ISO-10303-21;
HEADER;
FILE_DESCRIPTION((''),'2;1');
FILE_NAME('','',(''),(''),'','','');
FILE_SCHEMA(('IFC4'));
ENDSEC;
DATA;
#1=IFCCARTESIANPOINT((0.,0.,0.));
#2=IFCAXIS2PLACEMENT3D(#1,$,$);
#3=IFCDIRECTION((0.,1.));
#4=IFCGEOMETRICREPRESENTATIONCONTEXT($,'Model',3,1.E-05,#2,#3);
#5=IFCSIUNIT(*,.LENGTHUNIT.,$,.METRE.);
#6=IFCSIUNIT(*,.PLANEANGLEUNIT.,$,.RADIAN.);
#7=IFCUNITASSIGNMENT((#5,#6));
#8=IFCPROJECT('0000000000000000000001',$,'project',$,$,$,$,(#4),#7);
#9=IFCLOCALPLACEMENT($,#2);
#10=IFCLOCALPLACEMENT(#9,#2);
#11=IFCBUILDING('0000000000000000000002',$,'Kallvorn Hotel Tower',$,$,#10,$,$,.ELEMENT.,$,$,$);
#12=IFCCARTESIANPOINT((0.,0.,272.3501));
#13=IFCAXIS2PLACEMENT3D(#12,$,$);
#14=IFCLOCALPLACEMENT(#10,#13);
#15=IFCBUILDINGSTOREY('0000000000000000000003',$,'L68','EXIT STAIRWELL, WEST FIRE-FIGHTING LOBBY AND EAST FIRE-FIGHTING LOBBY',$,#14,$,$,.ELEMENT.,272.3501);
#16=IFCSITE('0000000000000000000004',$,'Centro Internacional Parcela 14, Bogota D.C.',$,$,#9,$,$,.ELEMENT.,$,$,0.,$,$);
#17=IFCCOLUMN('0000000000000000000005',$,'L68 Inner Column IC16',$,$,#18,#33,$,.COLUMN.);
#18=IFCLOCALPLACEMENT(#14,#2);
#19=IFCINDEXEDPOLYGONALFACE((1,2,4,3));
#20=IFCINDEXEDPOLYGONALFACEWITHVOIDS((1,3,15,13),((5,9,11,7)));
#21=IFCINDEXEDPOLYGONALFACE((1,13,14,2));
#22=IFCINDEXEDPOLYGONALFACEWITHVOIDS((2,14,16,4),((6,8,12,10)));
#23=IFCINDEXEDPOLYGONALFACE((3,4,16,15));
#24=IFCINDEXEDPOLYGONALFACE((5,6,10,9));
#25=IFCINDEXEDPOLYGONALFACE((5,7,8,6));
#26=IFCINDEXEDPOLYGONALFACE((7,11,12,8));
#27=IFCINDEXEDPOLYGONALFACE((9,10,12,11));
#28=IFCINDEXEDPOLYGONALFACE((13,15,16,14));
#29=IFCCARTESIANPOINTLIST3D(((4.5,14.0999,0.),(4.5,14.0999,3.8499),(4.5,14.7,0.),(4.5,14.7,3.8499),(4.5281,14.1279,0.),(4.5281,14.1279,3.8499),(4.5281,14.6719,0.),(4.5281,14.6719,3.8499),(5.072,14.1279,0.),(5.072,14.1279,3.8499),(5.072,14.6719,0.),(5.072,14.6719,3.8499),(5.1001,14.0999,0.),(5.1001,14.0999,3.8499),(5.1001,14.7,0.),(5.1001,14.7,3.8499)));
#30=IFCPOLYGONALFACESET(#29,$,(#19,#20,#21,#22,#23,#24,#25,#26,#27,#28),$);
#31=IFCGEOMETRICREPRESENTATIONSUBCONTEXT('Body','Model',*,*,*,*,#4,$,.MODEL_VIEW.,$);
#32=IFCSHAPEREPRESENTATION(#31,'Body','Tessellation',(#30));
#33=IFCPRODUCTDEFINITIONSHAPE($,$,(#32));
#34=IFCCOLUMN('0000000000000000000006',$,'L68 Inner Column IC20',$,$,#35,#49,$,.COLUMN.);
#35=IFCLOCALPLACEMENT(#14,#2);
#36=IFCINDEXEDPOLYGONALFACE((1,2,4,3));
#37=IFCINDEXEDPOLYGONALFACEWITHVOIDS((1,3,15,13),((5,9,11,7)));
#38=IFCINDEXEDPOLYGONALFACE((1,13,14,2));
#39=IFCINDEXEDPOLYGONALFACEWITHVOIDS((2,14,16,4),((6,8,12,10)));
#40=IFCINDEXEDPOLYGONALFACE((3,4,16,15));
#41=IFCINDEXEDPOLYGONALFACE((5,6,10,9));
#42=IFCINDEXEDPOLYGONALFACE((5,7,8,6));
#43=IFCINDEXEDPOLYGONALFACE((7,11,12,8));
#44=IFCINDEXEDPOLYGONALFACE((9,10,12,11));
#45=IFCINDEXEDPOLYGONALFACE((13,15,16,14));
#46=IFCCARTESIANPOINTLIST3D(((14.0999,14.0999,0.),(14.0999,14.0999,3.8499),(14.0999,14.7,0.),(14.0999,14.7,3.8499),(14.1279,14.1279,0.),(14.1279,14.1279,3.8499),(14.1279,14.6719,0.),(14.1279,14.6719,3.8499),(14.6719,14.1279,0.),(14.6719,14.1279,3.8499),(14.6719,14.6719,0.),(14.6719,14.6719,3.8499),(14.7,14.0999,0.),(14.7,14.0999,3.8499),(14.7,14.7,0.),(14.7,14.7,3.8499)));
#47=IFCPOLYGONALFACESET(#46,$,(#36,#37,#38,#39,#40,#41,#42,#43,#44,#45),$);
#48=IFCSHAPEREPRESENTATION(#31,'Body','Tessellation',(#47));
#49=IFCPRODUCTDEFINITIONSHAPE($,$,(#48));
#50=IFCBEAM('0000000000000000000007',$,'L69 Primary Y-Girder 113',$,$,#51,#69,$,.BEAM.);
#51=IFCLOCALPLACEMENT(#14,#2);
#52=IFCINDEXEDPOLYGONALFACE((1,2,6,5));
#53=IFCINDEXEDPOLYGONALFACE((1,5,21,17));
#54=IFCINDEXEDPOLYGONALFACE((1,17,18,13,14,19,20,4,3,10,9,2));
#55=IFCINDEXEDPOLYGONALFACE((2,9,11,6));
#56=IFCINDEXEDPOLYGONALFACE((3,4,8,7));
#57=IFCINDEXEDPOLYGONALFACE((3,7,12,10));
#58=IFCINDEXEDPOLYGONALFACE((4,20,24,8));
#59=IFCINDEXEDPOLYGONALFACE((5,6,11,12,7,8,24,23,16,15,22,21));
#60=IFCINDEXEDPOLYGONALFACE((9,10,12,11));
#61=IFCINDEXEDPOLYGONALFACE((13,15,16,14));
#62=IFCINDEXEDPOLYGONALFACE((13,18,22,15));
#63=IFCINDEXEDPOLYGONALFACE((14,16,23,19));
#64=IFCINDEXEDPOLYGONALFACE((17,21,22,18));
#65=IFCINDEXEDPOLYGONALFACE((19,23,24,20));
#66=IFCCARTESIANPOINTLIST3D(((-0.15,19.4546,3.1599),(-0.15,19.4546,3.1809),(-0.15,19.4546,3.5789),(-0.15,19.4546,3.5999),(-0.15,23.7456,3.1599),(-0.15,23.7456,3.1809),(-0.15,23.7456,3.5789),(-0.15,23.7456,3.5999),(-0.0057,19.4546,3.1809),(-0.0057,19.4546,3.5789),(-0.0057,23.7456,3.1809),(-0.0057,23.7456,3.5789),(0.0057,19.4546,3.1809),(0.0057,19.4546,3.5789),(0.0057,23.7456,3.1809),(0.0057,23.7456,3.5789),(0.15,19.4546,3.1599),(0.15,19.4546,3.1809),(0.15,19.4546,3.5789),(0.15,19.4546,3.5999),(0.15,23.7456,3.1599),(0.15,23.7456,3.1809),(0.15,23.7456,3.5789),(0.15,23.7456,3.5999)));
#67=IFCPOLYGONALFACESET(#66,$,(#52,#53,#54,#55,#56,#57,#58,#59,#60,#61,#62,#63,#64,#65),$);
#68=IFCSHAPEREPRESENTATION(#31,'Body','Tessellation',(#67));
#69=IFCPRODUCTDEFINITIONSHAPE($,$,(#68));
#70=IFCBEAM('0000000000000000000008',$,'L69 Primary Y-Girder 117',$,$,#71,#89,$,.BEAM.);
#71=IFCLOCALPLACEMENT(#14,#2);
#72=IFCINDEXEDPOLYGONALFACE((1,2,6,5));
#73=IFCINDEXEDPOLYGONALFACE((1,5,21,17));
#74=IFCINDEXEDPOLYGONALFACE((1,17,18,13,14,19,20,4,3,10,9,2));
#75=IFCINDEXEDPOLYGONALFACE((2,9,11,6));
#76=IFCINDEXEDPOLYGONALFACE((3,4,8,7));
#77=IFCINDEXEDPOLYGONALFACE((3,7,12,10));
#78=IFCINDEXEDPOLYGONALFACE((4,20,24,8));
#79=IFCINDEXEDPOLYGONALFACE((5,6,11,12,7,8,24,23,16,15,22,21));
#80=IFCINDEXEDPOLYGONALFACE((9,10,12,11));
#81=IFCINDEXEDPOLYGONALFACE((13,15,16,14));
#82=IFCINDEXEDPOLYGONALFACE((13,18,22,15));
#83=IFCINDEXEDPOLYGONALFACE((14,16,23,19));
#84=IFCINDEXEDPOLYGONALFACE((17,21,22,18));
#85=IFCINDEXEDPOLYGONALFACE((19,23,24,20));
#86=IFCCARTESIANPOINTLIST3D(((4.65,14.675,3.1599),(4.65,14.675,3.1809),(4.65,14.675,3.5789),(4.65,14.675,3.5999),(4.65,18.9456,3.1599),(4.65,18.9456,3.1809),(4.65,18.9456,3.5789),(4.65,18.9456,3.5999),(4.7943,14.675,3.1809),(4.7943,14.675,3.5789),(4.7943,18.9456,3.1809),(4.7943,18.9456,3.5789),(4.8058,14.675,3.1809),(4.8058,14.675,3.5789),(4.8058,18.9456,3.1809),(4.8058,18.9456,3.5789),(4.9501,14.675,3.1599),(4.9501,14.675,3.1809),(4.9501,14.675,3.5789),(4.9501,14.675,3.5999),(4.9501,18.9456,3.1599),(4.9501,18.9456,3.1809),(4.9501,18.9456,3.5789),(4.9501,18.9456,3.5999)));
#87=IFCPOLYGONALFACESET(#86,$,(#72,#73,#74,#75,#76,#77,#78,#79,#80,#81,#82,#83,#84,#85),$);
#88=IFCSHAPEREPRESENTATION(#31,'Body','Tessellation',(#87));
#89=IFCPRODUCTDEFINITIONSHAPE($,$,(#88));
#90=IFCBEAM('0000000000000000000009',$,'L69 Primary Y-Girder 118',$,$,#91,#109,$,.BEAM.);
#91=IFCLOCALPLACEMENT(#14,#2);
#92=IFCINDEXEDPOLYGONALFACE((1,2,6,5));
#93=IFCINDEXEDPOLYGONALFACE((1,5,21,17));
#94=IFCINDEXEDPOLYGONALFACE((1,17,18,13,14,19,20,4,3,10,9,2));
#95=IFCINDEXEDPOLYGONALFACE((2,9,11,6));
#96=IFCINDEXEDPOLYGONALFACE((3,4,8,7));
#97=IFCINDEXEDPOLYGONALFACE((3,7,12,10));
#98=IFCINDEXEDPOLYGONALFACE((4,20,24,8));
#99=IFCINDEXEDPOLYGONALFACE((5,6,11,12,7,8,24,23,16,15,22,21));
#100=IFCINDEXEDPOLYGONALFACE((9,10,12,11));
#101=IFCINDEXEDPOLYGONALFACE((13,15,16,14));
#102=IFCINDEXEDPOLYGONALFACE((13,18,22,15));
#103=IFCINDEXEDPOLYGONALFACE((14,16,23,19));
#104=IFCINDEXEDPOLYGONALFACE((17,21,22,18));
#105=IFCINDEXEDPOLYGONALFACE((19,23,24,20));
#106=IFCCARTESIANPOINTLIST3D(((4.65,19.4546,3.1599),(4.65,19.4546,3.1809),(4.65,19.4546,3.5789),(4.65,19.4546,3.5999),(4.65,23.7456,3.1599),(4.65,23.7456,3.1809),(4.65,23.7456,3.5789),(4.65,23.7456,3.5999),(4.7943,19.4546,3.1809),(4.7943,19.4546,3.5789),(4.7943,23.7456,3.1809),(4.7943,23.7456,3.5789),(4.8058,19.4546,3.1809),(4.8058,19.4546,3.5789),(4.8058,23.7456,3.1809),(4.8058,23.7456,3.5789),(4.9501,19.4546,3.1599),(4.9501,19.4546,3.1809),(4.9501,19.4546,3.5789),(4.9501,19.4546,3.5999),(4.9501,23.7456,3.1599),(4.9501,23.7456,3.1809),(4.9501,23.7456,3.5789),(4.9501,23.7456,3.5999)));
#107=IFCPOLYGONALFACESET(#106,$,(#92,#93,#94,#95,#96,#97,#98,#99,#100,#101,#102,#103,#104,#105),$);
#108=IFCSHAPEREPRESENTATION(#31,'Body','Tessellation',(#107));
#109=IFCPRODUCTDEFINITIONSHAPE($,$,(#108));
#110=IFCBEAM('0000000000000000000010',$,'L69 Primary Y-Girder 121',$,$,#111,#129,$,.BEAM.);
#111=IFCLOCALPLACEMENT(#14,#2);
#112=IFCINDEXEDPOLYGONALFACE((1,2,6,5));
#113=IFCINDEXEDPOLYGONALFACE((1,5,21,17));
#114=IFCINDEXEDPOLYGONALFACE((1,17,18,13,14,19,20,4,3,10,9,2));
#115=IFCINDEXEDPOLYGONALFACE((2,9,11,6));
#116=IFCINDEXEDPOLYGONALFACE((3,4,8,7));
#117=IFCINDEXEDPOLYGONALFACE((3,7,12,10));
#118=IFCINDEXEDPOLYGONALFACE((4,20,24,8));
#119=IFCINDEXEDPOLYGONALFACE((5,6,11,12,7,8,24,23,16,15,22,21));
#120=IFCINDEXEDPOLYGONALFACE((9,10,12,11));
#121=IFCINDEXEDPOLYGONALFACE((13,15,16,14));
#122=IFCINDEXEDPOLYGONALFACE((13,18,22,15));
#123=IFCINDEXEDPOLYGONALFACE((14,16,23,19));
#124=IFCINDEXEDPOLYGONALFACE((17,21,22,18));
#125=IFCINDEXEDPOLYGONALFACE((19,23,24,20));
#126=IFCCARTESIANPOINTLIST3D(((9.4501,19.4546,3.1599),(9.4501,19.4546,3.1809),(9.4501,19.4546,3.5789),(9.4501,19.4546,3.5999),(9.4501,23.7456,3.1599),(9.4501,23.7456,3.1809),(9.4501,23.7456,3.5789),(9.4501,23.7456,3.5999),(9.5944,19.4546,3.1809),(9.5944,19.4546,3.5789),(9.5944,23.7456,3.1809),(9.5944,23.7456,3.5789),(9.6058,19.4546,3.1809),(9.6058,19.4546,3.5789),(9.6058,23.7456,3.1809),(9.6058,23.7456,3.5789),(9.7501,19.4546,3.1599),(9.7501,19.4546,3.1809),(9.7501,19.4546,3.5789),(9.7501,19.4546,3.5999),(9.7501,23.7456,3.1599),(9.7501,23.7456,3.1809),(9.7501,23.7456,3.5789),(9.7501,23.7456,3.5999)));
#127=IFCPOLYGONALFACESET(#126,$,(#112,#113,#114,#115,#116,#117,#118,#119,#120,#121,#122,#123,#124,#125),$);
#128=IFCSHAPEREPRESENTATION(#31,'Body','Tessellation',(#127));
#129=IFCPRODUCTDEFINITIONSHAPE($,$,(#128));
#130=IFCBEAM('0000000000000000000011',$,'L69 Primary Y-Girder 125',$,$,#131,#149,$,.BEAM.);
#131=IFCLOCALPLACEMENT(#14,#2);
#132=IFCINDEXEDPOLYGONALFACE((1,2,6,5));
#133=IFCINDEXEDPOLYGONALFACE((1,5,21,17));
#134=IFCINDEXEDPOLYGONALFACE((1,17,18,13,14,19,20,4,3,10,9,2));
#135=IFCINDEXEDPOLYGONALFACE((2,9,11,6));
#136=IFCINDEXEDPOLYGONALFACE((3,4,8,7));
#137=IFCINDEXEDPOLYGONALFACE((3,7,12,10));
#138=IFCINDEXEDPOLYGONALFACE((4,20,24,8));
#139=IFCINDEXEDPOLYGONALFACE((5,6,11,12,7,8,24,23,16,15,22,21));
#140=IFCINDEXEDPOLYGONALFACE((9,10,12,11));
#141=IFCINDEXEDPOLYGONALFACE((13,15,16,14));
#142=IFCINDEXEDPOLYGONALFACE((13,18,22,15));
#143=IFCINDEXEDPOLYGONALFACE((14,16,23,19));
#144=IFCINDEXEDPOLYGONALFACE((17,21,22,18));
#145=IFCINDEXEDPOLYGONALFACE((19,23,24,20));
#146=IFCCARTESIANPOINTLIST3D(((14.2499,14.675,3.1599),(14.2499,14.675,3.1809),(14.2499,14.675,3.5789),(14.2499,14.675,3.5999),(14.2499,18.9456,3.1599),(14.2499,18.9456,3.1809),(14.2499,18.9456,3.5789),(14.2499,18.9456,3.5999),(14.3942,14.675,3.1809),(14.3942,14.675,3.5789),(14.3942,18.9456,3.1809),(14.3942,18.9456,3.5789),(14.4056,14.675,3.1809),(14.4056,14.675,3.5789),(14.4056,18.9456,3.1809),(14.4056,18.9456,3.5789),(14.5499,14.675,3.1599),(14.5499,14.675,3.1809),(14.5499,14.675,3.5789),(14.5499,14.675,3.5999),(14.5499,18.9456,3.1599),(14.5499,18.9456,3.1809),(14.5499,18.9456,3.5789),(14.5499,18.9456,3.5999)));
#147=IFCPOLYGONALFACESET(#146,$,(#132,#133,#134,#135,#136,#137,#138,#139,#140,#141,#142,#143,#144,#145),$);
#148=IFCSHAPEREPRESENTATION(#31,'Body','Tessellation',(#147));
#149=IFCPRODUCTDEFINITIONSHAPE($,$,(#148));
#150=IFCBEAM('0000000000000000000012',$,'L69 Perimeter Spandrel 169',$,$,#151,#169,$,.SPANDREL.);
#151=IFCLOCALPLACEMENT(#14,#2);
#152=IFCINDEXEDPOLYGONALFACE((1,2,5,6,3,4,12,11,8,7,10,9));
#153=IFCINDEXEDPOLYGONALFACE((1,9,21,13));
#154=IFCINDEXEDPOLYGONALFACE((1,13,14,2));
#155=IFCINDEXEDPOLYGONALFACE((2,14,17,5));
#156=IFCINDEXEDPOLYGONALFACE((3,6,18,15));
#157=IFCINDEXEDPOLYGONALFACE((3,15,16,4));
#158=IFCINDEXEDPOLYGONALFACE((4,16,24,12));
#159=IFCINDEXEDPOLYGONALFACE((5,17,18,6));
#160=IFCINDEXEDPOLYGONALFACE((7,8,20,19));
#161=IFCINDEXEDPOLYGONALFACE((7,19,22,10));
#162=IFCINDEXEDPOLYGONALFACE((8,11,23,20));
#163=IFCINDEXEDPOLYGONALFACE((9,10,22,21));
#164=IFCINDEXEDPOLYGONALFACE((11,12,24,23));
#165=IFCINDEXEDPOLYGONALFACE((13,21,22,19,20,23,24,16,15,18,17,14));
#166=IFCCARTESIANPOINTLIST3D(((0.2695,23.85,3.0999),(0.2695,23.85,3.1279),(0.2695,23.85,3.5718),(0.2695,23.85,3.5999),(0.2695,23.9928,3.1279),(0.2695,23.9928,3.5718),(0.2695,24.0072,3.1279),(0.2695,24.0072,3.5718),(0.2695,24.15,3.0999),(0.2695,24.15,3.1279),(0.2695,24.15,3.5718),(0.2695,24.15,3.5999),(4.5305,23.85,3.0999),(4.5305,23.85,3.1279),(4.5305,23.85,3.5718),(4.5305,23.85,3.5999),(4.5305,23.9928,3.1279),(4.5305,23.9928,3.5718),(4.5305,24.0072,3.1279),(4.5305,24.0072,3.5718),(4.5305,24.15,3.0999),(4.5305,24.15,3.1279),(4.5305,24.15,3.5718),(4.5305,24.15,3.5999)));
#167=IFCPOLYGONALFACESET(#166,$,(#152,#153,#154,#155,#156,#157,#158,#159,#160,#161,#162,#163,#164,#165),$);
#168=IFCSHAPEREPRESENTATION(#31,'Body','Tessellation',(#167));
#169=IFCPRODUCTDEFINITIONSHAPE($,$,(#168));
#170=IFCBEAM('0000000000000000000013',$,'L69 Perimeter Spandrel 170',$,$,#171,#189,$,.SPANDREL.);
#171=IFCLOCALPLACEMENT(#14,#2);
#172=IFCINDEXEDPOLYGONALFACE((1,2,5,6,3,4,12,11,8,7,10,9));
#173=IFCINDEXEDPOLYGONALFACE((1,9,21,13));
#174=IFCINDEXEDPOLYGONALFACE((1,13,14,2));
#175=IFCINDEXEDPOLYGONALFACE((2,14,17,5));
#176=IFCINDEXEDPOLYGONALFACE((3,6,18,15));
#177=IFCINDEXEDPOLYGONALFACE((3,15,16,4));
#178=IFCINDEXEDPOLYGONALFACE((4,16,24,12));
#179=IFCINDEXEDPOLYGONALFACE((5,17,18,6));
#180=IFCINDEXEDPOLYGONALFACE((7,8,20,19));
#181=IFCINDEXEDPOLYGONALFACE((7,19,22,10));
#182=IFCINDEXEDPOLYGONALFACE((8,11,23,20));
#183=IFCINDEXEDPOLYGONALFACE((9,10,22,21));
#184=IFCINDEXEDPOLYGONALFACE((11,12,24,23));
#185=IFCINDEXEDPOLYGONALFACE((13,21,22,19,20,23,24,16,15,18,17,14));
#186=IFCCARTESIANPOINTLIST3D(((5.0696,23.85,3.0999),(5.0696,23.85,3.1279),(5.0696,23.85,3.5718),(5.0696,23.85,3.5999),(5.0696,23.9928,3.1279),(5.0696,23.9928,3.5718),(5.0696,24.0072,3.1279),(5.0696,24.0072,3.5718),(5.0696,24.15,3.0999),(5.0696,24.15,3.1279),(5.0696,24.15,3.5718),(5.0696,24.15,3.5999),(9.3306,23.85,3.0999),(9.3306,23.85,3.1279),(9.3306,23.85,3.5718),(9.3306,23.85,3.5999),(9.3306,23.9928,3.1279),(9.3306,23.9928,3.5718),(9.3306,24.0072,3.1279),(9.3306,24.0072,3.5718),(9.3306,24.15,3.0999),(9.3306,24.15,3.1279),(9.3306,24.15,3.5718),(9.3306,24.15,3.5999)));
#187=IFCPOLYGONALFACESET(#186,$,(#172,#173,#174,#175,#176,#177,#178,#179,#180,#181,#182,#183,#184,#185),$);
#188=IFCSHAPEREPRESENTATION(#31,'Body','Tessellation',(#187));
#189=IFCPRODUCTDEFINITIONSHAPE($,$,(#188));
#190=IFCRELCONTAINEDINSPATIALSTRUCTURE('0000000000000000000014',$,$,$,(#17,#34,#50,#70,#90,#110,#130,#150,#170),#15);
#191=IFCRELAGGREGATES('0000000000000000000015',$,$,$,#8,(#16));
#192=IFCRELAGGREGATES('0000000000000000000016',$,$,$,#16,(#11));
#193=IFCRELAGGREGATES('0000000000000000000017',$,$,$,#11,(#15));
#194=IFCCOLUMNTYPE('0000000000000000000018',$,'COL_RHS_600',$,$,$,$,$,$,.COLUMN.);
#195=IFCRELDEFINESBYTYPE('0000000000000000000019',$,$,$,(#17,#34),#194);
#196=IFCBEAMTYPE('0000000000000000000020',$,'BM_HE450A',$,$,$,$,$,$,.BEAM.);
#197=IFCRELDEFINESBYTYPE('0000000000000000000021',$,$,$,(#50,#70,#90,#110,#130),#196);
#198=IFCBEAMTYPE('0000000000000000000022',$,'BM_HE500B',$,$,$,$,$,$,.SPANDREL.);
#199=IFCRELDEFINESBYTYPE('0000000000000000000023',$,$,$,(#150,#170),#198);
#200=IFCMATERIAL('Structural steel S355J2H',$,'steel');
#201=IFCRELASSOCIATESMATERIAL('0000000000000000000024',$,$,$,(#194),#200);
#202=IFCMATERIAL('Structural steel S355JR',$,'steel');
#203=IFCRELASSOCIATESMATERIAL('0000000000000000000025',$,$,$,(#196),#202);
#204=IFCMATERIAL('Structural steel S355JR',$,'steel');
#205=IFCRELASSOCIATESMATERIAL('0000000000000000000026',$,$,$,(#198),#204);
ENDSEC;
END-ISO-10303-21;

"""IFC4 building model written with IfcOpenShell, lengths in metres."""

from ifc_helpers import new_model, si_unit, direction, frame, origin, origin_2d, place, context, subcontext, project, spatial, hollow_rectangle, i_section, extrude, material, material_profile, profile_set, type_object, element, save


model = new_model("IFC4")

# Units and contexts
model_context = context("Model", 3, precision=1e-05, world=origin(), true_north=direction((0.0, 1.0)))
body_context = subcontext(model_context, "Body", "Model", "MODEL_VIEW")
ifc_project = project(units=[si_unit("LENGTHUNIT", "METRE"), si_unit("PLANEANGLEUNIT", "RADIAN")], contexts=[model_context])

# Site, building, storey
site_placement = place(None, origin())
site = spatial("IfcSite", under=ifc_project, at=site_placement, Name="Centro Internacional Parcela 14, Bogota D.C.", CompositionType="ELEMENT", RefElevation=0.0)
building_placement = place(site_placement, origin())
building = spatial("IfcBuilding", under=site, at=building_placement, Name="Kallvorn Hotel Tower", CompositionType="ELEMENT")
storey_placement = place(building_placement, frame((0.0, 0.0, 272.3501)))
storey = spatial("IfcBuildingStorey", under=building, at=storey_placement, Name="L68", Description="EXIT STAIRWELL, WEST FIRE-FIGHTING LOBBY AND EAST FIRE-FIGHTING LOBBY", CompositionType="ELEMENT", Elevation=272.3501)

# Columns
ifc_material_1 = material(Name="Structural steel S355J2H", Category="steel")
ifc_material_profile_1 = material_profile(ifc_material_1, hollow_rectangle(XDim=0.6001, YDim=0.6001, WallThickness=0.0281, at=origin_2d()), Name="RHS 600x600x28")
ifc_profile_set_1 = profile_set([ifc_material_profile_1], Name="Structural steel S355J2H")
column_type_1 = type_object("IfcColumnType", Name="COL_RHS_600", PredefinedType="COLUMN", material=ifc_profile_set_1)
for number, where, z_axis, x_axis, name in (
    (1, (4.8, 14.3999, 0.0), (0.0, 0.0, 1.0), (1.0, 0.0, 0.0), "L68 Inner Column IC16"),
    (2, (14.3999, 14.3999, 0.0), (0.0, 0.0, 1.0), (1.0, 0.0, 0.0), "L68 Inner Column IC20"),
):
    element("IfcColumn", number, at=place(storey_placement, frame(where, z_axis=z_axis, x_axis=x_axis)), inside=storey, type_object=column_type_1, Name=name, PredefinedType="COLUMN", context=body_context, shape_type="SweptSolid", body=[
        extrude(hollow_rectangle(XDim=0.6001, YDim=0.6001, WallThickness=0.0281, at=origin_2d()), origin(), (0.0, 0.0, 1.0), 3.8499),
    ])

# Beams
ifc_material_2 = material(Name="Structural steel S355JR", Category="steel")
ifc_material_profile_2 = material_profile(ifc_material_2, i_section(OverallWidth=0.3, OverallDepth=0.4399, WebThickness=0.0115, FlangeThickness=0.021, at=origin_2d()), Name="HE 450 A")
ifc_profile_set_2 = profile_set([ifc_material_profile_2], Name="Structural steel S355JR")
beam_type_1 = type_object("IfcBeamType", Name="BM_HE450A", PredefinedType="BEAM", material=ifc_profile_set_2)
beam_1_placement = place(storey_placement, frame((0.0, 19.4546, 3.3799), z_axis=(0.0, 1.0, 0.0), x_axis=(-1.0, 0.0, 0.0)))
element("IfcBeam", 3, at=beam_1_placement, inside=storey, type_object=beam_type_1, Name="L69 Primary Y-Girder 113", PredefinedType="BEAM", context=body_context, shape_type="SweptSolid", body=[
    extrude(i_section(OverallWidth=0.3, OverallDepth=0.4399, WebThickness=0.0115, FlangeThickness=0.021, at=origin_2d()), origin(), (0.0, 0.0, 1.0), 4.291),
])
beam_2_placement = place(storey_placement, frame((4.8, 14.675, 3.3799), z_axis=(0.0, 1.0, 0.0), x_axis=(-1.0, 0.0, 0.0)))
element("IfcBeam", 4, at=beam_2_placement, inside=storey, type_object=beam_type_1, Name="L69 Primary Y-Girder 117", PredefinedType="BEAM", context=body_context, shape_type="SweptSolid", body=[
    extrude(i_section(OverallWidth=0.3, OverallDepth=0.4399, WebThickness=0.0115, FlangeThickness=0.021, at=origin_2d()), origin(), (0.0, 0.0, 1.0), 4.2705),
])
for number, where, z_axis, x_axis, name in (
    (5, (4.8, 19.4546, 3.3799), (0.0, 1.0, 0.0), (-1.0, 0.0, 0.0), "L69 Primary Y-Girder 118"),
    (6, (9.6001, 19.4546, 3.3799), (0.0, 1.0, 0.0), (-1.0, 0.0, 0.0), "L69 Primary Y-Girder 121"),
):
    element("IfcBeam", number, at=place(storey_placement, frame(where, z_axis=z_axis, x_axis=x_axis)), inside=storey, type_object=beam_type_1, Name=name, PredefinedType="BEAM", context=body_context, shape_type="SweptSolid", body=[
        extrude(i_section(OverallWidth=0.3, OverallDepth=0.4399, WebThickness=0.0115, FlangeThickness=0.021, at=origin_2d()), origin(), (0.0, 0.0, 1.0), 4.291),
    ])
beam_3_placement = place(storey_placement, frame((14.3999, 14.675, 3.3799), z_axis=(0.0, 1.0, 0.0), x_axis=(-1.0, 0.0, 0.0)))
element("IfcBeam", 7, at=beam_3_placement, inside=storey, type_object=beam_type_1, Name="L69 Primary Y-Girder 125", PredefinedType="BEAM", context=body_context, shape_type="SweptSolid", body=[
    extrude(i_section(OverallWidth=0.3, OverallDepth=0.4399, WebThickness=0.0115, FlangeThickness=0.021, at=origin_2d()), origin(), (0.0, 0.0, 1.0), 4.2705),
])
ifc_material_3 = material(Name="Structural steel S355JR", Category="steel")
ifc_material_profile_3 = material_profile(ifc_material_3, i_section(OverallWidth=0.3, OverallDepth=0.5, WebThickness=0.0144, FlangeThickness=0.0281, at=origin_2d()), Name="HE 500 B")
ifc_profile_set_3 = profile_set([ifc_material_profile_3], Name="Structural steel S355JR")
beam_type_2 = type_object("IfcBeamType", Name="BM_HE500B", PredefinedType="SPANDREL", material=ifc_profile_set_3)
for number, where, z_axis, x_axis, name in (
    (8, (0.2695, 24.0, 3.3499), (1.0, 0.0, 0.0), (0.0, 1.0, 0.0), "L69 Perimeter Spandrel 169"),
    (9, (5.0696, 24.0, 3.3499), (1.0, 0.0, 0.0), (0.0, 1.0, 0.0), "L69 Perimeter Spandrel 170"),
):
    element("IfcBeam", number, at=place(storey_placement, frame(where, z_axis=z_axis, x_axis=x_axis)), inside=storey, type_object=beam_type_2, Name=name, PredefinedType="SPANDREL", context=body_context, shape_type="SweptSolid", body=[
        extrude(i_section(OverallWidth=0.3, OverallDepth=0.5, WebThickness=0.0144, FlangeThickness=0.0281, at=origin_2d()), origin(), (0.0, 0.0, 1.0), 4.261),
    ])

save(model, "model.ifc")
